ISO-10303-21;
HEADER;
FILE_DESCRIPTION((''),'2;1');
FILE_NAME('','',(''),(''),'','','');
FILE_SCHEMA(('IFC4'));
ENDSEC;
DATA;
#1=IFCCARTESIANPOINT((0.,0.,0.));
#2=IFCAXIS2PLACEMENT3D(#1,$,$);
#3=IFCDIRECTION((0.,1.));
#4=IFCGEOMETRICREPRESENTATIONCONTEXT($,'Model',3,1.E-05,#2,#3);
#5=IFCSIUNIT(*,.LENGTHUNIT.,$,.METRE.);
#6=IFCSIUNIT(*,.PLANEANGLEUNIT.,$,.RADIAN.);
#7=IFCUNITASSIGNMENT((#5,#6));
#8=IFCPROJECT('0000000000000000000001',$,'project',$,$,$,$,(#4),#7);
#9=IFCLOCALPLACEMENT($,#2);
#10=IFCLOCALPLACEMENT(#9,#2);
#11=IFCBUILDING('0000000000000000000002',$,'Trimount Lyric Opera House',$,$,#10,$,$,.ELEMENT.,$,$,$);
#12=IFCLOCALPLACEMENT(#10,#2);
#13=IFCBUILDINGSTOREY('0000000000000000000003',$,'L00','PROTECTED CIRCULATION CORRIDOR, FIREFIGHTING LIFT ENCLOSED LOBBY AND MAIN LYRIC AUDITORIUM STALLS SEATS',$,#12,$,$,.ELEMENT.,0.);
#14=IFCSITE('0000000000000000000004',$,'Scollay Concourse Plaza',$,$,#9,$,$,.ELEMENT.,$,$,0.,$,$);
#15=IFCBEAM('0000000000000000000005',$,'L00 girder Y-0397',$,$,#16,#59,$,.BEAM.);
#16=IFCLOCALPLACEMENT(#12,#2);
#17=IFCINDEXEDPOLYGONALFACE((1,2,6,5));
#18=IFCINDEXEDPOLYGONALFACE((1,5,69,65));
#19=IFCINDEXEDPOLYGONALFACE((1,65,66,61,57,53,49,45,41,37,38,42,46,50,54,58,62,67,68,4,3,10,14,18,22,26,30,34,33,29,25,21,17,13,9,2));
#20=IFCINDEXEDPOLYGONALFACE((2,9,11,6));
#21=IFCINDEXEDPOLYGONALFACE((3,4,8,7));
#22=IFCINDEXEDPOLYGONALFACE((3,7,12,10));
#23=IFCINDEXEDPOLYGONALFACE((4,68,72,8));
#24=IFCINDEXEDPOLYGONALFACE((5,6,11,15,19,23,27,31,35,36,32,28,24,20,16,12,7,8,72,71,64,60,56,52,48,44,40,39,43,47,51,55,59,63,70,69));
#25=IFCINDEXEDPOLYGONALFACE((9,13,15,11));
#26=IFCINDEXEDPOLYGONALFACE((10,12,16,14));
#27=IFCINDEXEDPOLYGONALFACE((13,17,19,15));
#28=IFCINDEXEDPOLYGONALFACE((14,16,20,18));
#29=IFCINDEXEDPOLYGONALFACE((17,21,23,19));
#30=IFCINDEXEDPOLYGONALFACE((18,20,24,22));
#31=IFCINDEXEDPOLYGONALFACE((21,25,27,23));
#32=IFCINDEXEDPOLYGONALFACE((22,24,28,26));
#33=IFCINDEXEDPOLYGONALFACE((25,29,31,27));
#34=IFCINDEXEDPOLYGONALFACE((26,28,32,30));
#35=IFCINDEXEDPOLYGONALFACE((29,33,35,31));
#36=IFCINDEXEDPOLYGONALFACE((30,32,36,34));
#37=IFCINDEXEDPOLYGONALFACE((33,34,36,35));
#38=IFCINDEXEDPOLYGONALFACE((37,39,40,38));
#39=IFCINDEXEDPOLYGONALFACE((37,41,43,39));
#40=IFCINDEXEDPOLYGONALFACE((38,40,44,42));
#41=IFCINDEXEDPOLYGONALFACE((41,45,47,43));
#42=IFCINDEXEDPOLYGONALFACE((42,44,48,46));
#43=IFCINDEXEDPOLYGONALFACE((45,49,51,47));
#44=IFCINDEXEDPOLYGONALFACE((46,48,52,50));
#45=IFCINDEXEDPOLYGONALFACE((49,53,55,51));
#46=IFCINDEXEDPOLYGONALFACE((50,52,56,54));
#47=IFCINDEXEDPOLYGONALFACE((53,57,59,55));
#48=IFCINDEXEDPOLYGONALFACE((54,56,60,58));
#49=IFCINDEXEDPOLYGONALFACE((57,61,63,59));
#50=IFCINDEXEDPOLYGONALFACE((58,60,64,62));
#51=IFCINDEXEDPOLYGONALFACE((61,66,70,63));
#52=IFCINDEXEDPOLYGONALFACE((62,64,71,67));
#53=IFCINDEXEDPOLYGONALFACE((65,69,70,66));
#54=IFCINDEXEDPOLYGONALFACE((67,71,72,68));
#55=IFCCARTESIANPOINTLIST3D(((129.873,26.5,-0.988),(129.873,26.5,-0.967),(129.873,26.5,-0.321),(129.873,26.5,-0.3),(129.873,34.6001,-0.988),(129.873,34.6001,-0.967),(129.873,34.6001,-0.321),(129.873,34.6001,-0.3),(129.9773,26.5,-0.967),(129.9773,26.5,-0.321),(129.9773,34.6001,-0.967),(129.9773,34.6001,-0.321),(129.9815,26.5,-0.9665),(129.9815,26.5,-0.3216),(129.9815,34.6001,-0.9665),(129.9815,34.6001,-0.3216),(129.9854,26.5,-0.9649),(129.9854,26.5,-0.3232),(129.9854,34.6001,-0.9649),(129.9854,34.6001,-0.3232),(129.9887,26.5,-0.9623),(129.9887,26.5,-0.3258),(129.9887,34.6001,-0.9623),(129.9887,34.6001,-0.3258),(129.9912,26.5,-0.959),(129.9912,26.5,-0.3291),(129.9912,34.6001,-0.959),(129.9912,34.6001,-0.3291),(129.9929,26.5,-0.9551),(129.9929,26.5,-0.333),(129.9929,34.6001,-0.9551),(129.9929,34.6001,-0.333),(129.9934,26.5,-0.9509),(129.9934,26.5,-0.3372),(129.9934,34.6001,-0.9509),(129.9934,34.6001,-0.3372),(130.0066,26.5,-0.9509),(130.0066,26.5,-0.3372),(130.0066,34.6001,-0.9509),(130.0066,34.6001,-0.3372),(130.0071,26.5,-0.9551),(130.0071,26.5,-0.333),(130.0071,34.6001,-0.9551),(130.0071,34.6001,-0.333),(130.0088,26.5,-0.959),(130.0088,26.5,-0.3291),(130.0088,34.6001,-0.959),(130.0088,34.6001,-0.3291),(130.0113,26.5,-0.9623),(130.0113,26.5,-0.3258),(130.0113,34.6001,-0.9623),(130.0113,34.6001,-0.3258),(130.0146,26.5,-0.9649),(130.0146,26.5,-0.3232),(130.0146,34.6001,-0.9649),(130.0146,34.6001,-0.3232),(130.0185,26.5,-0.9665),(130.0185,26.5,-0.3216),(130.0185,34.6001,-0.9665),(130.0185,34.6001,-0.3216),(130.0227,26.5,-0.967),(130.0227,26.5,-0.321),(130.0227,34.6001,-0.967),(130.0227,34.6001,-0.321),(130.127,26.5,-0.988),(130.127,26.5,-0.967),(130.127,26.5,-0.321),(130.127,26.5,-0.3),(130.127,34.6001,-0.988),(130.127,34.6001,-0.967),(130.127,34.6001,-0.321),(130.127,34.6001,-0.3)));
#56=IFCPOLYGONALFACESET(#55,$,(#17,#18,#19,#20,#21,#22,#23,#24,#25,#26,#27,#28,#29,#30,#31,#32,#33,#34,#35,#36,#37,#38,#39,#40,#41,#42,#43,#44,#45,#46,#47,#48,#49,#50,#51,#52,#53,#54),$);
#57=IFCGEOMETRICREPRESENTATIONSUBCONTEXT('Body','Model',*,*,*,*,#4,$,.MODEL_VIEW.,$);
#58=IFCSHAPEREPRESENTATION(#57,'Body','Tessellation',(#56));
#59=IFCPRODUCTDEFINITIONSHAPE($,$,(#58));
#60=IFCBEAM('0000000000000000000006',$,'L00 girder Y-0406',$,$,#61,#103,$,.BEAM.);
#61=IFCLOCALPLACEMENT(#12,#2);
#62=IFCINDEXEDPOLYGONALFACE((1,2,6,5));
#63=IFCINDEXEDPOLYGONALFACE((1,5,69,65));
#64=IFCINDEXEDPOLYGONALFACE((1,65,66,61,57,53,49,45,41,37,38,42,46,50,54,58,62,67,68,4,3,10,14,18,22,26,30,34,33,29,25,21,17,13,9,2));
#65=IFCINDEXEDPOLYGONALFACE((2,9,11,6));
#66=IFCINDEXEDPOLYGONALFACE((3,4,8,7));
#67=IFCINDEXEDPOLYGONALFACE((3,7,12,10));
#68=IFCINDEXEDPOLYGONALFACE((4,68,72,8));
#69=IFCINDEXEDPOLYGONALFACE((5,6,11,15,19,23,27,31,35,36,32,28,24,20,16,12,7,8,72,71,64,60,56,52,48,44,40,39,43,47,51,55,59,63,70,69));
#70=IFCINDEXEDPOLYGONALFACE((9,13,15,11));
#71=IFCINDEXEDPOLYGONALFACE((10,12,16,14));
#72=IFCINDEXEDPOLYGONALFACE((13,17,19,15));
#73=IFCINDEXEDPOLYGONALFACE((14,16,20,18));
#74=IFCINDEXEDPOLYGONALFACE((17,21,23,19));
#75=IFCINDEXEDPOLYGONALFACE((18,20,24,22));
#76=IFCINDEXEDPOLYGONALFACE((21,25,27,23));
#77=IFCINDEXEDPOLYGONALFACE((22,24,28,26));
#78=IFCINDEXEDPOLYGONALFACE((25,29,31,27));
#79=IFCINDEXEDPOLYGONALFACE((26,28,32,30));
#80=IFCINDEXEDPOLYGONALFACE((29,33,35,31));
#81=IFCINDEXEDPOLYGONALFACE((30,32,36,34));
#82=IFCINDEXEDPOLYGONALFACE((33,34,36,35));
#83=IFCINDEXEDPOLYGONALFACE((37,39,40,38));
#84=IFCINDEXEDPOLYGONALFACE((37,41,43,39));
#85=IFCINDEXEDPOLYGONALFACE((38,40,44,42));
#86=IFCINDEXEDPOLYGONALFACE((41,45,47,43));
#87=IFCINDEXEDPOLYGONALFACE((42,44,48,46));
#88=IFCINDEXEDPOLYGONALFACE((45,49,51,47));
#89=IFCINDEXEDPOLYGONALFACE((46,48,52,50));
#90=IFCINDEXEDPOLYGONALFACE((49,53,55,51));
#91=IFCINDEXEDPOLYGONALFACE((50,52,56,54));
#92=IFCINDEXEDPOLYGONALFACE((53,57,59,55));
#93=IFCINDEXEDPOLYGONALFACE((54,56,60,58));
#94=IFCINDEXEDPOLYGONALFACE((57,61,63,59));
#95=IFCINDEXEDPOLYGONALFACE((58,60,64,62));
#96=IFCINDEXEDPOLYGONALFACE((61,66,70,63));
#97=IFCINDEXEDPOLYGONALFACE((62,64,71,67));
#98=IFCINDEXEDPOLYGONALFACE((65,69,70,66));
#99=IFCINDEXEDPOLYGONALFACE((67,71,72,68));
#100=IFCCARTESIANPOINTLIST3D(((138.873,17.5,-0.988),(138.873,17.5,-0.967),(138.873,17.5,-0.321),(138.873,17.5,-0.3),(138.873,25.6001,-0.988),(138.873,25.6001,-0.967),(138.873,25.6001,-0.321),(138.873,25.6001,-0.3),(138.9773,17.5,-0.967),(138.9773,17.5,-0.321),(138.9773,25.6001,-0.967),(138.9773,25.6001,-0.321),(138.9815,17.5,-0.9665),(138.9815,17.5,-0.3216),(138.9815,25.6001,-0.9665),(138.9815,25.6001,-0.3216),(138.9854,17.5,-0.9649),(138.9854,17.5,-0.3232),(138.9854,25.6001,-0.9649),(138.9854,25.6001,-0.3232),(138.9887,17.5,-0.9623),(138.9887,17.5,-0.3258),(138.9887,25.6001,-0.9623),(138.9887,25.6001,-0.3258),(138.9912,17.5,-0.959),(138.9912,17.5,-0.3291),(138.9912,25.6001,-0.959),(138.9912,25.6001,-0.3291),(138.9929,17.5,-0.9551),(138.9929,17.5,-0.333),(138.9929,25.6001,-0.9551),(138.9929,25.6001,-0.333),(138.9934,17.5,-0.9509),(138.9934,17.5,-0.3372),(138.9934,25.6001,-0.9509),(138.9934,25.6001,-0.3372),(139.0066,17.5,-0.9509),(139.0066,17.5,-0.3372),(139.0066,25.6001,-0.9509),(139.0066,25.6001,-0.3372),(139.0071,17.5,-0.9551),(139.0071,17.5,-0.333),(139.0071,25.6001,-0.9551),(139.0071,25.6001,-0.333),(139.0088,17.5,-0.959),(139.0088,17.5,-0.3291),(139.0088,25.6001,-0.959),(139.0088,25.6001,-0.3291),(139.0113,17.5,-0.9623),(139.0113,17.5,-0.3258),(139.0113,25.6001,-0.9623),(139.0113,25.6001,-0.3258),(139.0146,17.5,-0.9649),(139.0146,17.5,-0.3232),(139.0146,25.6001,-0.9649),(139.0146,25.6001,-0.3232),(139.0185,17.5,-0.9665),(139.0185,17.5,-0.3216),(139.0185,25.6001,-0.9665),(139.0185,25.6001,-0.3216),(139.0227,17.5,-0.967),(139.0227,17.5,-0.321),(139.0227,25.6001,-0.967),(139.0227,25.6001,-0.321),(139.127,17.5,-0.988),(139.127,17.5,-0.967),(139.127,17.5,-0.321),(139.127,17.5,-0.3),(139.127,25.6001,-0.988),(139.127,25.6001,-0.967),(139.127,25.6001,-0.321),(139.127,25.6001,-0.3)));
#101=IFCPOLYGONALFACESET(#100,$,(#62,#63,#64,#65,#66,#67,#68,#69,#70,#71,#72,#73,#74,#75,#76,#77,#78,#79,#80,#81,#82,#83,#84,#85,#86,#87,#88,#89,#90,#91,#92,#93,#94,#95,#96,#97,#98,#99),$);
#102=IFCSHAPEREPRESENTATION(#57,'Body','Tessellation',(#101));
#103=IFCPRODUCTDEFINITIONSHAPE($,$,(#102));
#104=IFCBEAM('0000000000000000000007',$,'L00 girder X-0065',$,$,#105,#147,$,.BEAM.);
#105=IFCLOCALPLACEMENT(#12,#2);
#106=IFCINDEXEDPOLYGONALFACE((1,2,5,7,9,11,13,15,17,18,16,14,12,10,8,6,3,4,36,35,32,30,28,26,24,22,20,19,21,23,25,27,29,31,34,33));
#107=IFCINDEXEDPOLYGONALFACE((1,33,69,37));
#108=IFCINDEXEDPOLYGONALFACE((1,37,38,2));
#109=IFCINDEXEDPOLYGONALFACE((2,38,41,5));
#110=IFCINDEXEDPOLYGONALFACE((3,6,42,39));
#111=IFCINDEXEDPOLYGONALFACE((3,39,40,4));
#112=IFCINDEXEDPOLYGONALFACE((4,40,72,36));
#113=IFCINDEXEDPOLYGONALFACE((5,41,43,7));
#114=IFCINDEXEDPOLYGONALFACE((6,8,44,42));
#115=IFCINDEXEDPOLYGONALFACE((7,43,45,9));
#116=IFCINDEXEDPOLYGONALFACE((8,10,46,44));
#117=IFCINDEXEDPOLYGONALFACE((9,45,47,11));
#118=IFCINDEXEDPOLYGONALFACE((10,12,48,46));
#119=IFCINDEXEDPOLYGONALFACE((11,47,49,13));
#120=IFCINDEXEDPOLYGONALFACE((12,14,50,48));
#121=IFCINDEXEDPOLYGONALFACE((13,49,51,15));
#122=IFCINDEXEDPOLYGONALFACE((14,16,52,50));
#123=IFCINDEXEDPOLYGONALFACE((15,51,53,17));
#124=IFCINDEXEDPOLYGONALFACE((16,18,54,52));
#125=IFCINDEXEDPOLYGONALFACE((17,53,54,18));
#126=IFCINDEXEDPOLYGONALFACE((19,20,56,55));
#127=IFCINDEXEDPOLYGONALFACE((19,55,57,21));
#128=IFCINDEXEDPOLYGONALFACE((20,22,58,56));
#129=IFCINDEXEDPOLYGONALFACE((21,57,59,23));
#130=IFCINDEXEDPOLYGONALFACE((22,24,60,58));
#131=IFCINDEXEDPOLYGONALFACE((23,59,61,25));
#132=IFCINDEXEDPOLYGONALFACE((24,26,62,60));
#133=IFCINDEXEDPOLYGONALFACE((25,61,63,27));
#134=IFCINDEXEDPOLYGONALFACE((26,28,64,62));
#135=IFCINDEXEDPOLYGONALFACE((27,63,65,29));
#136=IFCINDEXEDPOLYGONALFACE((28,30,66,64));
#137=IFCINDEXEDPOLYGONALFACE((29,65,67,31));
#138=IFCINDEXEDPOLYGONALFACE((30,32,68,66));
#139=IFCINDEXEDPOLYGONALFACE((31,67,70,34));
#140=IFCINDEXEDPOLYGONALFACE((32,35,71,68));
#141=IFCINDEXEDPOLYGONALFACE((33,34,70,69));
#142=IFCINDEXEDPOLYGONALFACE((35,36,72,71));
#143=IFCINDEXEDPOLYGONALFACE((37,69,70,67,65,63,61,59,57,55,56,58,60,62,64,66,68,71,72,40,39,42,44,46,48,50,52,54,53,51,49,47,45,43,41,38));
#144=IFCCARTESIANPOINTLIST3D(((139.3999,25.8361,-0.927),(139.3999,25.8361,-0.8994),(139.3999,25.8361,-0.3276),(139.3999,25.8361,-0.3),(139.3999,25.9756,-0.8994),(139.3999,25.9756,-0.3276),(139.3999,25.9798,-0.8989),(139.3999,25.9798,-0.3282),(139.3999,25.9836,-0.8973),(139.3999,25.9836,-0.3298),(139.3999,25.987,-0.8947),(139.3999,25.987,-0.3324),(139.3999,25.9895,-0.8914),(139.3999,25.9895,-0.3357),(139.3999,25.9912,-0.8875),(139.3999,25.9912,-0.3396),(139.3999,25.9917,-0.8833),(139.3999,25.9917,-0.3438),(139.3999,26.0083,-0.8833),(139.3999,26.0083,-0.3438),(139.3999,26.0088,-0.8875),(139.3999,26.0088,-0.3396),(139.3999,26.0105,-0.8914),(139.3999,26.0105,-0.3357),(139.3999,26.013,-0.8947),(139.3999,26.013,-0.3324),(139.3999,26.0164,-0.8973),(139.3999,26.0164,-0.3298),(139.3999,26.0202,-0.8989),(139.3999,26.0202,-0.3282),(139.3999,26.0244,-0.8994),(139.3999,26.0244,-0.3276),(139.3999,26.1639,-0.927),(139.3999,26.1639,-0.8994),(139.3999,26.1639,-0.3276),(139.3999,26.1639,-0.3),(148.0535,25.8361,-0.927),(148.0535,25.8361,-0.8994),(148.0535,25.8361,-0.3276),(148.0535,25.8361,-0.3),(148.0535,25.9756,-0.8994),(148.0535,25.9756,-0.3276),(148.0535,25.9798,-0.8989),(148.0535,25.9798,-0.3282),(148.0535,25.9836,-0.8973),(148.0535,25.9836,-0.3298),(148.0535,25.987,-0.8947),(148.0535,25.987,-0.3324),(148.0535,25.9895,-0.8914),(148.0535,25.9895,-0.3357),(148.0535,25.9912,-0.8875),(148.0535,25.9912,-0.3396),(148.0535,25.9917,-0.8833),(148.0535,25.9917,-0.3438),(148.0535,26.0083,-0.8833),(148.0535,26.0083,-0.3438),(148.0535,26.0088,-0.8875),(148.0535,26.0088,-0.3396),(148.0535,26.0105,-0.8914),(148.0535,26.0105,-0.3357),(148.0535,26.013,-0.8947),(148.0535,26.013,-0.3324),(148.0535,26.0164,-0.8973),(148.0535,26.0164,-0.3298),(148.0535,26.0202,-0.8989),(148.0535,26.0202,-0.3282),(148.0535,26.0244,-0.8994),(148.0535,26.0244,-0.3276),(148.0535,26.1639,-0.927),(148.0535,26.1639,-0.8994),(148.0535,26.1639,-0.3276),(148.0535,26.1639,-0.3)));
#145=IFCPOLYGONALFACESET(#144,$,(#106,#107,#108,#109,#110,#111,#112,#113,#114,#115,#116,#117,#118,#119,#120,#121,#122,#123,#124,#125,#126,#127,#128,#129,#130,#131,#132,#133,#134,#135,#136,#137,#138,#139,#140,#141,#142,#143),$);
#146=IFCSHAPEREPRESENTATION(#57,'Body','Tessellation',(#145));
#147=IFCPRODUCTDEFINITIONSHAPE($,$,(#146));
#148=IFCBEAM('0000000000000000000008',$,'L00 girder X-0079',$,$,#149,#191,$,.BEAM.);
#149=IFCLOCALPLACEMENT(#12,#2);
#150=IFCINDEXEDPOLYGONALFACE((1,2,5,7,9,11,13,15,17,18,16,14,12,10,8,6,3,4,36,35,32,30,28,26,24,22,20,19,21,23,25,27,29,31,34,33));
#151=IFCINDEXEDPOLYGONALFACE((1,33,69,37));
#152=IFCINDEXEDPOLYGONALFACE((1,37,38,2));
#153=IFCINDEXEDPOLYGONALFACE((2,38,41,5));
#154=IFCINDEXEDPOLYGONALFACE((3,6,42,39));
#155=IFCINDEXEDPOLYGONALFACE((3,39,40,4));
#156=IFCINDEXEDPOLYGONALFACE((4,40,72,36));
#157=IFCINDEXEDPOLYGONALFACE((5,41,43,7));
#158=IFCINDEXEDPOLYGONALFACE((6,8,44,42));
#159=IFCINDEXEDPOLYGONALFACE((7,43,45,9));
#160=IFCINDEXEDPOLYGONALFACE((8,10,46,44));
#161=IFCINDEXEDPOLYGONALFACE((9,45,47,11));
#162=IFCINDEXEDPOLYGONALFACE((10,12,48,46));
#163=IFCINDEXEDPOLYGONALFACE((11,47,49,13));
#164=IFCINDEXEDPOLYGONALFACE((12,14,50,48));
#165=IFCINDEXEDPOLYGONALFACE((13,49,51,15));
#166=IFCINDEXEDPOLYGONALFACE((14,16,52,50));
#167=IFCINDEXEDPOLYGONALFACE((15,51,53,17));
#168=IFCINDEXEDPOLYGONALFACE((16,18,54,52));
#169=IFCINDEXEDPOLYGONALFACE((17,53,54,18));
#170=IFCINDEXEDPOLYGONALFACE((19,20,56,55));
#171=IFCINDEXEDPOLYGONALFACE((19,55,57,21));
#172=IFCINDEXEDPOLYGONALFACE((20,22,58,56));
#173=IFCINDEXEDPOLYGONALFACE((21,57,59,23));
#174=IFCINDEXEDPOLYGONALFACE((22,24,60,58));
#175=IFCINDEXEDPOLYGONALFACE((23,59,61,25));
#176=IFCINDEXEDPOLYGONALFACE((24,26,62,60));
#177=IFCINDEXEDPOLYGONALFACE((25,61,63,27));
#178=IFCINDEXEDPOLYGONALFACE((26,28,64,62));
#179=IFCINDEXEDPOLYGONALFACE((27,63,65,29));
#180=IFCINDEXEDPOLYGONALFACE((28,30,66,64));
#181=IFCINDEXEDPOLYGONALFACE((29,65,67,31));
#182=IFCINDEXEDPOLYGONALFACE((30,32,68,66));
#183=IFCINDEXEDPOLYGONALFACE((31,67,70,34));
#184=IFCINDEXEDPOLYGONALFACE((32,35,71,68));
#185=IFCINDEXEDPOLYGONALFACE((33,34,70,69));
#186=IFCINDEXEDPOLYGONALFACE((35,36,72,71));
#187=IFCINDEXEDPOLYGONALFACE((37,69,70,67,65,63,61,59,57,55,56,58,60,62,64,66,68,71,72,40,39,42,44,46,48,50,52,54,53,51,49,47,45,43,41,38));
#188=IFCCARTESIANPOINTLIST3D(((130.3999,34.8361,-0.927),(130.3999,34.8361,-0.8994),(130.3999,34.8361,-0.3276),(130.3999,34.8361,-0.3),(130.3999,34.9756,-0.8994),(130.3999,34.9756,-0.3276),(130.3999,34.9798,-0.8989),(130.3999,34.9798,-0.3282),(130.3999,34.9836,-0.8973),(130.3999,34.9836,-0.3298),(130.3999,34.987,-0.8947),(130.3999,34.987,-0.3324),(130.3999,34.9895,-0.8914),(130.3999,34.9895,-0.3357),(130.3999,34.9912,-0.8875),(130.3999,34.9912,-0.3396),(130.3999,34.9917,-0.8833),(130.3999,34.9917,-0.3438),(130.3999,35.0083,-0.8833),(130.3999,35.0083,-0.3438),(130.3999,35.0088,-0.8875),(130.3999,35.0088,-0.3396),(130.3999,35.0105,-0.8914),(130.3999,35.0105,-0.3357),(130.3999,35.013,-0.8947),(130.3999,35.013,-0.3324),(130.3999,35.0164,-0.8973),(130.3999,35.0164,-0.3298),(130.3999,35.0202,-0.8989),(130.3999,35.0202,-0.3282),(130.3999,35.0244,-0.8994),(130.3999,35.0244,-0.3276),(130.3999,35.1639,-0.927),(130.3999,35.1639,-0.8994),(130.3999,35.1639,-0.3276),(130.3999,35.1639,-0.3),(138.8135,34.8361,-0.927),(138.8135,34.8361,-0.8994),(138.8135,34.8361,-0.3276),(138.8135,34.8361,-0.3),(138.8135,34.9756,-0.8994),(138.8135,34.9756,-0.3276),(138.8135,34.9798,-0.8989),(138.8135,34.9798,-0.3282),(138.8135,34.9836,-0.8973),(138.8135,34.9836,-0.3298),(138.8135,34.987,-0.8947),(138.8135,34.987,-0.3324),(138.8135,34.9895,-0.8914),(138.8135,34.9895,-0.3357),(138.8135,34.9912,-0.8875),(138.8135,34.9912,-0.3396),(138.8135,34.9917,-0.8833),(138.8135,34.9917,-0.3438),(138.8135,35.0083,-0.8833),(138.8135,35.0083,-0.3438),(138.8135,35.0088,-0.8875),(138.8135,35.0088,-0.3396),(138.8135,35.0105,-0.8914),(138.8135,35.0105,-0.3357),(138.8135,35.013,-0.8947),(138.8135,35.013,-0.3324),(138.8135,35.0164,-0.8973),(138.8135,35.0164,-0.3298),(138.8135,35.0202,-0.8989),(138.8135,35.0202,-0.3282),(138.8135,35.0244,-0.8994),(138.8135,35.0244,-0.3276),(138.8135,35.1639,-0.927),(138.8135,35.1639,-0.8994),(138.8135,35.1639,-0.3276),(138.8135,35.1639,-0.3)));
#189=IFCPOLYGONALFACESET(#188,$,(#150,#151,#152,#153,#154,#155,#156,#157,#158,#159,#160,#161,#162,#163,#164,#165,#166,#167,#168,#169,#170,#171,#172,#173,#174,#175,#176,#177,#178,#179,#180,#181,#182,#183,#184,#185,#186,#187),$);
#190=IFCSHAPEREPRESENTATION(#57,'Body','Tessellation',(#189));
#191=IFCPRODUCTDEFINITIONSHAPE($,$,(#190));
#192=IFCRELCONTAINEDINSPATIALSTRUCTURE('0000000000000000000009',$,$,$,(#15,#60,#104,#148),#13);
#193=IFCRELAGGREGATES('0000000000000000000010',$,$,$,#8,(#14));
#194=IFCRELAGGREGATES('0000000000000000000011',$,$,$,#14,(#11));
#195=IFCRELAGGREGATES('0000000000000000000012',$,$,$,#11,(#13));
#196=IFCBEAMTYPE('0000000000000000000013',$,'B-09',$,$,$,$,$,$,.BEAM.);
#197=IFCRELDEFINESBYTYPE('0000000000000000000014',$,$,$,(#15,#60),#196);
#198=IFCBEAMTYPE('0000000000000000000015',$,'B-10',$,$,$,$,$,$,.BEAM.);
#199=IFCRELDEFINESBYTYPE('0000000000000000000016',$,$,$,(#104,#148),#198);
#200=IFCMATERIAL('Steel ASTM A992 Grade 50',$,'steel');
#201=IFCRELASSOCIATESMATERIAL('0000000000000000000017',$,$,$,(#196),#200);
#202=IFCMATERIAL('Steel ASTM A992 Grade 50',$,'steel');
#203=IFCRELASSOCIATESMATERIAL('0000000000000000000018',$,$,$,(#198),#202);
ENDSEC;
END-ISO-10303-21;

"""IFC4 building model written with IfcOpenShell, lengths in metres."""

from ifc_helpers import new_model, si_unit, direction, frame, origin, origin_2d, place, context, subcontext, project, spatial, i_section, extrude, material, material_profile, profile_set, type_object, element, save


model = new_model("IFC4")

# Units and contexts
model_context = context("Model", 3, precision=1e-05, world=origin(), true_north=direction((0.0, 1.0)))
body_context = subcontext(model_context, "Body", "Model", "MODEL_VIEW")
ifc_project = project(units=[si_unit("LENGTHUNIT", "METRE"), si_unit("PLANEANGLEUNIT", "RADIAN")], contexts=[model_context])

# Site, building, storey
site_placement = place(None, origin())
site = spatial("IfcSite", under=ifc_project, at=site_placement, Name="Scollay Concourse Plaza", CompositionType="ELEMENT", RefElevation=0.0)
building_placement = place(site_placement, origin())
building = spatial("IfcBuilding", under=site, at=building_placement, Name="Trimount Lyric Opera House", CompositionType="ELEMENT")
storey_placement = place(building_placement, origin())
storey = spatial("IfcBuildingStorey", under=building, at=storey_placement, Name="L00", Description="PROTECTED CIRCULATION CORRIDOR, FIREFIGHTING LIFT ENCLOSED LOBBY AND MAIN LYRIC AUDITORIUM STALLS SEATS", CompositionType="ELEMENT", Elevation=0.0)

# Beams
ifc_material_1 = material(Name="Steel ASTM A992 Grade 50", Category="steel")
ifc_material_profile_1 = material_profile(ifc_material_1, i_section(OverallWidth=0.2539, OverallDepth=0.688, WebThickness=0.0132, FlangeThickness=0.021, FilletRadius=0.0161, at=origin_2d()), Name="W27X102")
ifc_profile_set_1 = profile_set([ifc_material_profile_1], Name="Steel ASTM A992 Grade 50")
beam_type_1 = type_object("IfcBeamType", Name="B-09", PredefinedType="BEAM", material=ifc_profile_set_1)
for number, where, z_axis, x_axis, name in (
    (1, (130.0, 26.5, -0.644), (0.0, 1.0, 0.0), (-1.0, 0.0, 0.0), "L00 girder Y-0397"),
    (2, (139.0, 17.5, -0.644), (0.0, 1.0, 0.0), (-1.0, 0.0, 0.0), "L00 girder Y-0406"),
):
    element("IfcBeam", number, at=place(storey_placement, frame(where, z_axis=z_axis, x_axis=x_axis)), inside=storey, type_object=beam_type_1, Name=name, PredefinedType="BEAM", context=body_context, shape_type="SweptSolid", body=[
        extrude(i_section(OverallWidth=0.2539, OverallDepth=0.688, WebThickness=0.0132, FlangeThickness=0.021, FilletRadius=0.0161, at=origin_2d()), origin(), (0.0, 0.0, 1.0), 8.1001),
    ])
ifc_material_2 = material(Name="Steel ASTM A992 Grade 50", Category="steel")
ifc_material_profile_2 = material_profile(ifc_material_2, i_section(OverallWidth=0.3279, OverallDepth=0.627, WebThickness=0.0166, FlangeThickness=0.0276, FilletRadius=0.0161, at=origin_2d()), Name="W24X146")
ifc_profile_set_2 = profile_set([ifc_material_profile_2], Name="Steel ASTM A992 Grade 50")
beam_type_2 = type_object("IfcBeamType", Name="B-10", PredefinedType="BEAM", material=ifc_profile_set_2)
beam_1_placement = place(storey_placement, frame((139.3999, 26.0, -0.6135), z_axis=(1.0, 0.0, 0.0), x_axis=(0.0, 1.0, 0.0)))
element("IfcBeam", 3, at=beam_1_placement, inside=storey, type_object=beam_type_2, Name="L00 girder X-0065", PredefinedType="BEAM", context=body_context, shape_type="SweptSolid", body=[
    extrude(i_section(OverallWidth=0.3279, OverallDepth=0.627, WebThickness=0.0166, FlangeThickness=0.0276, FilletRadius=0.0161, at=origin_2d()), origin(), (0.0, 0.0, 1.0), 8.6536),
])
beam_2_placement = place(storey_placement, frame((130.3999, 35.0, -0.6135), z_axis=(1.0, 0.0, 0.0), x_axis=(0.0, 1.0, 0.0)))
element("IfcBeam", 4, at=beam_2_placement, inside=storey, type_object=beam_type_2, Name="L00 girder X-0079", PredefinedType="BEAM", context=body_context, shape_type="SweptSolid", body=[
    extrude(i_section(OverallWidth=0.3279, OverallDepth=0.627, WebThickness=0.0166, FlangeThickness=0.0276, FilletRadius=0.0161, at=origin_2d()), origin(), (0.0, 0.0, 1.0), 8.4136),
])

save(model, "model.ifc")
